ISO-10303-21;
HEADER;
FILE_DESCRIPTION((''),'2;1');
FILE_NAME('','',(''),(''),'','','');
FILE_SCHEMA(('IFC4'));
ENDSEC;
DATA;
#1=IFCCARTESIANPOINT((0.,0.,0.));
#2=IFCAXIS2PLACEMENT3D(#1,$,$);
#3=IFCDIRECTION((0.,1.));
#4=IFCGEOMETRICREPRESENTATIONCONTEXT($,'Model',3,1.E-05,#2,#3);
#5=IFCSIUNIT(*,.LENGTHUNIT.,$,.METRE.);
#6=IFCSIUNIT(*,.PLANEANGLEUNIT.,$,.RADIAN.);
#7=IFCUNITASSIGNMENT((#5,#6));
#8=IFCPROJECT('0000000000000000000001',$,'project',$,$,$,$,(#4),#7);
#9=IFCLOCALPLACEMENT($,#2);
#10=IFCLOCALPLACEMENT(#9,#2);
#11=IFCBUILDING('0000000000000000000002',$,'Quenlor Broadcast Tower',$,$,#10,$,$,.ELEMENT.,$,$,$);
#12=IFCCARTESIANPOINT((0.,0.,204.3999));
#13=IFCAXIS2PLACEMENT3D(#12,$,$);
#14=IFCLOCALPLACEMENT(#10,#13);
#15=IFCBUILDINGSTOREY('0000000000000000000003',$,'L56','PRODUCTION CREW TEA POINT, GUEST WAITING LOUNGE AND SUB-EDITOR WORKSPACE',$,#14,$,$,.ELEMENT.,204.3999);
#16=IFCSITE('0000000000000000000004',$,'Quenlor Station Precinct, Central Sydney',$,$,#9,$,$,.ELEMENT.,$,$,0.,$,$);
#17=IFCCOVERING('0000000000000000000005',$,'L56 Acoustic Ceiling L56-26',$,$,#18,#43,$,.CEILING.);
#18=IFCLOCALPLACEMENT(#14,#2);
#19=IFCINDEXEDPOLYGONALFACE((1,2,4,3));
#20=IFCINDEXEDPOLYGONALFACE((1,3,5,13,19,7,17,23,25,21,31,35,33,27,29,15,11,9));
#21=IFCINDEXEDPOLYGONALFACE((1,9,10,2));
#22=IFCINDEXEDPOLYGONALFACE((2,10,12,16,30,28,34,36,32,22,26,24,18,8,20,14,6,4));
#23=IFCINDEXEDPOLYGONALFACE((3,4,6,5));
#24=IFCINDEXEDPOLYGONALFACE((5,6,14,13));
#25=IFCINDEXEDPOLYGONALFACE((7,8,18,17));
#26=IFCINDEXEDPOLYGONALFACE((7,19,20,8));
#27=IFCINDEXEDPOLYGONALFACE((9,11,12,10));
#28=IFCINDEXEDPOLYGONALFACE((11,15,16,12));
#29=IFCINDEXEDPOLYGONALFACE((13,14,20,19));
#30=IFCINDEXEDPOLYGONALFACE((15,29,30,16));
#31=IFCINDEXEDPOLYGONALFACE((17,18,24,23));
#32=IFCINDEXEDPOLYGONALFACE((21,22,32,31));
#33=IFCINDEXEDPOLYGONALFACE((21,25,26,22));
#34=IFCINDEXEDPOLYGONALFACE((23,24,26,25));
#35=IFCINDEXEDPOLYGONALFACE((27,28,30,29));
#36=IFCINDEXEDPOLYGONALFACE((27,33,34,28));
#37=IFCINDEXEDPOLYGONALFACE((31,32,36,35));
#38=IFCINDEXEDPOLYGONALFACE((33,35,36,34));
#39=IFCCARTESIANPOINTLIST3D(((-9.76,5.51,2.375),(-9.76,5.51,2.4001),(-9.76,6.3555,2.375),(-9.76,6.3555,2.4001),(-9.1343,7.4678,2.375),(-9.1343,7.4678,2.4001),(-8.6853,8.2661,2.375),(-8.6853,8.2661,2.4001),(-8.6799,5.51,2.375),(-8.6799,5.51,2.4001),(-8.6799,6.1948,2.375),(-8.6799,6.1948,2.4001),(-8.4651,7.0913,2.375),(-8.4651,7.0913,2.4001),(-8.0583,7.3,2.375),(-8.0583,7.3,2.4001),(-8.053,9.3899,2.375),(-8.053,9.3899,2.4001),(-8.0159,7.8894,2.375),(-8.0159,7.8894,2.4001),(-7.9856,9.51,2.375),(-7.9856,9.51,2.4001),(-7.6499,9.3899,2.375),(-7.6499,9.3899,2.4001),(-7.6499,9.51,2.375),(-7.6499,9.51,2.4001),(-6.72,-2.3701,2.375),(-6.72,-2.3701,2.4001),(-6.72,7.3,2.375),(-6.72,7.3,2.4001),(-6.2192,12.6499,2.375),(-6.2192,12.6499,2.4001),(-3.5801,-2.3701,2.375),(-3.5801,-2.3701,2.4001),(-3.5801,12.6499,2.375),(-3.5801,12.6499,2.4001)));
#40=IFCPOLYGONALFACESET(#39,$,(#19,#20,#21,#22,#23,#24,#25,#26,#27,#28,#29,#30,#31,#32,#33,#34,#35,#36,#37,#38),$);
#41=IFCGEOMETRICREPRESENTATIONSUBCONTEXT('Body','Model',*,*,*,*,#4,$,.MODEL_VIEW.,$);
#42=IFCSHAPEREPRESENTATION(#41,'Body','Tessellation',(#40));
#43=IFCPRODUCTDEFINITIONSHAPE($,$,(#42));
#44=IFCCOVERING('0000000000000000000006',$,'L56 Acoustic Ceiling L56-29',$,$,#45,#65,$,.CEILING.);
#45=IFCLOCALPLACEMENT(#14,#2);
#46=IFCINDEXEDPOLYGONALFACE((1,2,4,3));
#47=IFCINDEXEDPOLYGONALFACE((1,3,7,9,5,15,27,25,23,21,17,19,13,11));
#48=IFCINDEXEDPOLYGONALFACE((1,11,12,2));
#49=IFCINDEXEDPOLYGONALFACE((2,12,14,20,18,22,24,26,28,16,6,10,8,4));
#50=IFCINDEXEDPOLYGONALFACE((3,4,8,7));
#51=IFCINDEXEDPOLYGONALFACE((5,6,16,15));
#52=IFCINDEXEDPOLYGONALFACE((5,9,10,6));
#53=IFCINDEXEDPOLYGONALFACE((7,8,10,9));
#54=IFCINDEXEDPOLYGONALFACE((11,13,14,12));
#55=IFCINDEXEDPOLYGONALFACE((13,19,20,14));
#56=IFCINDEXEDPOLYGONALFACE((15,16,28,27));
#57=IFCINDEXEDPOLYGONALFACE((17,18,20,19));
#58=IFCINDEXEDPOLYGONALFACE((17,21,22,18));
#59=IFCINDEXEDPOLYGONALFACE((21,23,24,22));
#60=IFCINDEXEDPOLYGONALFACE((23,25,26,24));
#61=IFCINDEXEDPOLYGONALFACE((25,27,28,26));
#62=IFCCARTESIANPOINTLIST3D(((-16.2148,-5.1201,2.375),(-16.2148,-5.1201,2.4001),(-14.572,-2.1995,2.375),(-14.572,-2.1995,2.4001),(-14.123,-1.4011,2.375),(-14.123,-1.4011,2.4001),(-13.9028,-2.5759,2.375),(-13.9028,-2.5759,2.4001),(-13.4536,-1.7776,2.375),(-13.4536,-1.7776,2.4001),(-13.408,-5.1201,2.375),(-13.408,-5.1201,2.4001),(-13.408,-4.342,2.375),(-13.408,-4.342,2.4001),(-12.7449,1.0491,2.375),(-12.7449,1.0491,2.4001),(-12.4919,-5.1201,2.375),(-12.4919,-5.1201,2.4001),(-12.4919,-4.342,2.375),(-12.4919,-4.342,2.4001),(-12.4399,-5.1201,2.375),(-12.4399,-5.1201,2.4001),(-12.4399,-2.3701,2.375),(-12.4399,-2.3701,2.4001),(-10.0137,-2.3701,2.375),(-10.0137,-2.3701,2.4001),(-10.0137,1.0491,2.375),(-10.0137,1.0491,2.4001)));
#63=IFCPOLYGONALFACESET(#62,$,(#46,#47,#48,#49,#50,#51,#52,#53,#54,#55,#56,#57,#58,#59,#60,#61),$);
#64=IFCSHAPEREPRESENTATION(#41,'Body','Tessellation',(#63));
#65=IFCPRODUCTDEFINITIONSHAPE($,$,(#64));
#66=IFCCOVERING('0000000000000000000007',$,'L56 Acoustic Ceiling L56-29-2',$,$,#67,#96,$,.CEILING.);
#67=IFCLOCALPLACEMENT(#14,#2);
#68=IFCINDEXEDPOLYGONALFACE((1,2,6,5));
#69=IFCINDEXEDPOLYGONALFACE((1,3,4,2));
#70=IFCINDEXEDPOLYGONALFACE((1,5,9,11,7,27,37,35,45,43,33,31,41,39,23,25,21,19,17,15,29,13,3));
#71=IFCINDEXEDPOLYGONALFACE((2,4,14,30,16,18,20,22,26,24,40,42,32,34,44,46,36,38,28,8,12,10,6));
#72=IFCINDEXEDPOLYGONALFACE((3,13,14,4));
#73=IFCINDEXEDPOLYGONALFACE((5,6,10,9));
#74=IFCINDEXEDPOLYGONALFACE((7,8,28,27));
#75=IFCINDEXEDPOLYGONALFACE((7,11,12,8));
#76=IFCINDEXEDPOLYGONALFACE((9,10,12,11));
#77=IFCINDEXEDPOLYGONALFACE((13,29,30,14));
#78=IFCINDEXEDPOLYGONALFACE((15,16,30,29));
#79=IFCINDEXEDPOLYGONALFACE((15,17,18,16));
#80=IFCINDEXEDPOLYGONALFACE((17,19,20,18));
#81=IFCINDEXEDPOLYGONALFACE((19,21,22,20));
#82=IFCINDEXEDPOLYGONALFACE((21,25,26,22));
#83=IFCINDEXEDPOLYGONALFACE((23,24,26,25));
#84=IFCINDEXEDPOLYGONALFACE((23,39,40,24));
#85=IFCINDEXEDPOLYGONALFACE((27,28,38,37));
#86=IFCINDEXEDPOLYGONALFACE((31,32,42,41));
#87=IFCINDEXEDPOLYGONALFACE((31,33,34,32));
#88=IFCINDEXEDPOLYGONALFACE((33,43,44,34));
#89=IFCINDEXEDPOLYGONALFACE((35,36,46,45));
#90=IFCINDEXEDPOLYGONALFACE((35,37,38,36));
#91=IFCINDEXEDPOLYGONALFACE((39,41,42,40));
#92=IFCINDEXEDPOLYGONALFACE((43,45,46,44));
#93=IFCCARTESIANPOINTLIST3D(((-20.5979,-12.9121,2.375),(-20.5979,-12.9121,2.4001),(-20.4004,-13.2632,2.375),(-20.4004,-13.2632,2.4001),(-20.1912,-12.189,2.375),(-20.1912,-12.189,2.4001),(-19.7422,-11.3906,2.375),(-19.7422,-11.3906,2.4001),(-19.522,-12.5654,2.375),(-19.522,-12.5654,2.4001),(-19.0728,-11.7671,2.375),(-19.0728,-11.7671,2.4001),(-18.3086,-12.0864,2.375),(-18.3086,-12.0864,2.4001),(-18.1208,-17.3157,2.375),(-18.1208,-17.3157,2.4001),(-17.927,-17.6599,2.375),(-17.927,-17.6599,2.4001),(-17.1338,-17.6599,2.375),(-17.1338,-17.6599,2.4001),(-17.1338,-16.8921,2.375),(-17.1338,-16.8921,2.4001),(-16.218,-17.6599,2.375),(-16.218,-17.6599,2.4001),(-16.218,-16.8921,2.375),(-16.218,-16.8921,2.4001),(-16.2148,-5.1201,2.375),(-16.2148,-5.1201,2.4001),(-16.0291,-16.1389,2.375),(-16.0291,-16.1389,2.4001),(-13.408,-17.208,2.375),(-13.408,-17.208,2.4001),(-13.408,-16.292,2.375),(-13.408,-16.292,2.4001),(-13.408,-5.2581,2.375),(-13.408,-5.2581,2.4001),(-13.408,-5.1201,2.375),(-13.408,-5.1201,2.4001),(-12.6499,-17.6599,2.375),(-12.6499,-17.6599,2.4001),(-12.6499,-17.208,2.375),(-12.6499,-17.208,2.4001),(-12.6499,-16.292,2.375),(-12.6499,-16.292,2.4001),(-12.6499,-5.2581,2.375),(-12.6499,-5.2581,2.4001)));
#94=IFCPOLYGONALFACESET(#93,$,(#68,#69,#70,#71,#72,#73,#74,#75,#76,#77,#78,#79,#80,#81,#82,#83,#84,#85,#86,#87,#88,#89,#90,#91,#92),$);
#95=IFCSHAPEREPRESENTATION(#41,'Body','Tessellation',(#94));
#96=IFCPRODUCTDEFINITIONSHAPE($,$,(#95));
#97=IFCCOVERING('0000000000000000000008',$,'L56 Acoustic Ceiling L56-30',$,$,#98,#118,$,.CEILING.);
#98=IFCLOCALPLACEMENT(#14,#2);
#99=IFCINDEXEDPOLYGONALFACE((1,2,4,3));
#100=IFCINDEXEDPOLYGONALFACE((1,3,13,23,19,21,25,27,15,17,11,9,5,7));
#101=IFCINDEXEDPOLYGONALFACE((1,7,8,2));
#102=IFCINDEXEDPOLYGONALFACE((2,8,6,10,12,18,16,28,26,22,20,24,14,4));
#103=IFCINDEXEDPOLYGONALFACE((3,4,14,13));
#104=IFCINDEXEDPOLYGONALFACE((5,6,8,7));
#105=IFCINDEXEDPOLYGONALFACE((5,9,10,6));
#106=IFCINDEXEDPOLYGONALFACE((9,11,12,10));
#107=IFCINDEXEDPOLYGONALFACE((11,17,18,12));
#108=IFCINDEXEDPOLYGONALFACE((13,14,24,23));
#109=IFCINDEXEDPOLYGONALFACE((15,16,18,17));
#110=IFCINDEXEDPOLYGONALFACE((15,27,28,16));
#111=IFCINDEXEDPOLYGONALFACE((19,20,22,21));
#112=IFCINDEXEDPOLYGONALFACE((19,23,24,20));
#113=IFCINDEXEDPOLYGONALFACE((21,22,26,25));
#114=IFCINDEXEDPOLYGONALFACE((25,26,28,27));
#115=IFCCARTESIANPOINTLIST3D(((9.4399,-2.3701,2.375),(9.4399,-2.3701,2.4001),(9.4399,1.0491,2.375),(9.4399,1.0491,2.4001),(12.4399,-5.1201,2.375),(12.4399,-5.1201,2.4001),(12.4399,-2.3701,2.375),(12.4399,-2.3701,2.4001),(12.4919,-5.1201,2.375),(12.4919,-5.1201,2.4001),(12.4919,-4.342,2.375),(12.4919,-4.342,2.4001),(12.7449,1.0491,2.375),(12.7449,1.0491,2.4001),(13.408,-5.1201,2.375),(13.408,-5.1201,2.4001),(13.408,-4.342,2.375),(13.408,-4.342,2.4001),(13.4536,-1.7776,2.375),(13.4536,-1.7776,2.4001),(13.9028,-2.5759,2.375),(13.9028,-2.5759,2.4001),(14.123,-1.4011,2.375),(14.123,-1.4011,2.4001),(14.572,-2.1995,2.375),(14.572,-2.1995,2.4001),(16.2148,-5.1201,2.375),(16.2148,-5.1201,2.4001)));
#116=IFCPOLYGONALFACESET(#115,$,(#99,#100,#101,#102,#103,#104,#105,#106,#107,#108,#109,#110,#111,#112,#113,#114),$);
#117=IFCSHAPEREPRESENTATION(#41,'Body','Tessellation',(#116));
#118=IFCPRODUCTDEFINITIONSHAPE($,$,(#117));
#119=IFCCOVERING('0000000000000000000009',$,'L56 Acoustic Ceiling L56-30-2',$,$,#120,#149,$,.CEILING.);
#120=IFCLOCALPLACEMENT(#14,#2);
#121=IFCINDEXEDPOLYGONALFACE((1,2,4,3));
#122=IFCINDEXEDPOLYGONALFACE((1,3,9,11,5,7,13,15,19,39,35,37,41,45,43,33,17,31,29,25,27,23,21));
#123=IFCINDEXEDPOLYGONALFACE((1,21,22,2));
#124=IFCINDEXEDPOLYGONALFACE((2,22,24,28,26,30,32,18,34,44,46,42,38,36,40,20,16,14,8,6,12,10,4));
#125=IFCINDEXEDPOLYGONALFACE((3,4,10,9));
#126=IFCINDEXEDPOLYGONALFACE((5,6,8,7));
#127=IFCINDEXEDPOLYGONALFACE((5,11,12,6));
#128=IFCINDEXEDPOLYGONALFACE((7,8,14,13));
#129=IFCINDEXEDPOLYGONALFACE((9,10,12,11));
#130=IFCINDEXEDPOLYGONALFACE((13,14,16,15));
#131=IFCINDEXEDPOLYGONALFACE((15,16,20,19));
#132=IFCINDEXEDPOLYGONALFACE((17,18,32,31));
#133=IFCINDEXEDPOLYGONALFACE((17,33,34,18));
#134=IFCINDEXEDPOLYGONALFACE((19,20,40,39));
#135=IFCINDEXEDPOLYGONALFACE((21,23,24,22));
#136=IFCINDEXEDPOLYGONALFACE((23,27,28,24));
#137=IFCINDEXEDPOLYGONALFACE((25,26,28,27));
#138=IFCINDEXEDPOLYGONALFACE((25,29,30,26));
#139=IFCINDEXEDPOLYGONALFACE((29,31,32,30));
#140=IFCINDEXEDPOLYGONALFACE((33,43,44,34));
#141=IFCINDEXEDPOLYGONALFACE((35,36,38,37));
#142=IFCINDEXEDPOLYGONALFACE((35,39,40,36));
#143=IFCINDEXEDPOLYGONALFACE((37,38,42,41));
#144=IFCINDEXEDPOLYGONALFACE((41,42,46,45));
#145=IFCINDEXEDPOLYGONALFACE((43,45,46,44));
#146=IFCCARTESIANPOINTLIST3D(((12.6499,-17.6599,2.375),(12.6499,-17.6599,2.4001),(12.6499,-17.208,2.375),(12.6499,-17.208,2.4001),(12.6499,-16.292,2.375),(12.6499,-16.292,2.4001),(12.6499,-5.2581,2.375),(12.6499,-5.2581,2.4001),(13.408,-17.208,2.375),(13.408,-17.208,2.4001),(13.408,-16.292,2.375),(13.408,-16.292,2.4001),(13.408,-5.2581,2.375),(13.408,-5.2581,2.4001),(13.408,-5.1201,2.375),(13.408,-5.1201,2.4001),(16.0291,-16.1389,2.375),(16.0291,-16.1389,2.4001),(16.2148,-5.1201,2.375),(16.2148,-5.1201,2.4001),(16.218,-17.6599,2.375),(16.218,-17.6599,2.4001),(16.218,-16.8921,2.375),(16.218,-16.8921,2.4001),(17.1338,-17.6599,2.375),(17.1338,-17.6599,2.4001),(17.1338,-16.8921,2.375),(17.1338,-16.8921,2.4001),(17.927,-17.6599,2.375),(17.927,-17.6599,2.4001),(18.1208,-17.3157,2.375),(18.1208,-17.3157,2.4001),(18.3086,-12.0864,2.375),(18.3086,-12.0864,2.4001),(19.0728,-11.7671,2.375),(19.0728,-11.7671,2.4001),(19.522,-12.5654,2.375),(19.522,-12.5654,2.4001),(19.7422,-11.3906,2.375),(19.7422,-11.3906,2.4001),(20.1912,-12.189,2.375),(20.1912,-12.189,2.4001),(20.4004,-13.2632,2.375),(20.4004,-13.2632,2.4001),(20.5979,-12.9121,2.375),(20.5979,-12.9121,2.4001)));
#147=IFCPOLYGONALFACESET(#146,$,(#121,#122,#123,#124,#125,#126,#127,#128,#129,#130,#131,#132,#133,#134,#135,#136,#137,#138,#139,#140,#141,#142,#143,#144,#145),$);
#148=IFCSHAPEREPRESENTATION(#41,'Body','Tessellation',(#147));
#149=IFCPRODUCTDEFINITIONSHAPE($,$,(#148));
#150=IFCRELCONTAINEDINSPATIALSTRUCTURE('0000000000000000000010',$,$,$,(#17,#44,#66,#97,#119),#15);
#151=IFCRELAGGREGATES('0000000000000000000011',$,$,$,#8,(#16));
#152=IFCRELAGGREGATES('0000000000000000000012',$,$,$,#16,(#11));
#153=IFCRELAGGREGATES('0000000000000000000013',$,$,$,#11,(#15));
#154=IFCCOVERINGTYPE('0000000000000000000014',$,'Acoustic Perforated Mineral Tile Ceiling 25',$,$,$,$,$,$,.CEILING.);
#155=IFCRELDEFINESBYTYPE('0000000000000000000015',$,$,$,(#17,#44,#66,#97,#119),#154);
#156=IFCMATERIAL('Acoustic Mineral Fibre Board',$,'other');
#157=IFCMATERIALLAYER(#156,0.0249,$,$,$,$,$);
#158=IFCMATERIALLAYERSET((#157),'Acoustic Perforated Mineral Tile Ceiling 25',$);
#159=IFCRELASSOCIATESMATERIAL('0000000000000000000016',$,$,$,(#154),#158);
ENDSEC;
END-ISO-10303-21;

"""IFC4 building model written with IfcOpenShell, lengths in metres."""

from ifc_helpers import new_model, si_unit, direction, frame, origin, place, context, subcontext, project, spatial, polyline, outline, extrude, material, layer, layer_set, type_object, element, save


model = new_model("IFC4")

# Units and contexts
model_context = context("Model", 3, precision=1e-05, world=origin(), true_north=direction((0.0, 1.0)))
body_context = subcontext(model_context, "Body", "Model", "MODEL_VIEW")
ifc_project = project(units=[si_unit("LENGTHUNIT", "METRE"), si_unit("PLANEANGLEUNIT", "RADIAN")], contexts=[model_context])

# Site, building, storey
site_placement = place(None, origin())
site = spatial("IfcSite", under=ifc_project, at=site_placement, Name="Quenlor Station Precinct, Central Sydney", CompositionType="ELEMENT", RefElevation=0.0)
building_placement = place(site_placement, origin())
building = spatial("IfcBuilding", under=site, at=building_placement, Name="Quenlor Broadcast Tower", CompositionType="ELEMENT")
storey_placement = place(building_placement, frame((0.0, 0.0, 204.3999)))
storey = spatial("IfcBuildingStorey", under=building, at=storey_placement, Name="L56", Description="PRODUCTION CREW TEA POINT, GUEST WAITING LOUNGE AND SUB-EDITOR WORKSPACE", CompositionType="ELEMENT", Elevation=204.3999)

# Coverings
ifc_material_1 = material(Name="Acoustic Mineral Fibre Board", Category="other")
ifc_layer_1 = layer(ifc_material_1, 0.0249)
ifc_layer_set_1 = layer_set([ifc_layer_1], Name="Acoustic Perforated Mineral Tile Ceiling 25")
covering_type_1 = type_object("IfcCoveringType", Name="Acoustic Perforated Mineral Tile Ceiling 25", PredefinedType="CEILING", material=ifc_layer_set_1)
covering_1_placement = place(storey_placement, frame((0.0, 0.0, 2.375)))
element("IfcCovering", 1, at=covering_1_placement, inside=storey, type_object=covering_type_1, Name="L56 Acoustic Ceiling L56-26", PredefinedType="CEILING", context=body_context, shape_type="SweptSolid", body=[
    extrude(outline(polyline([(-7.9856, 9.51), (-6.2192, 12.6499), (-3.5801, 12.6499), (-3.5801, -2.3701), (-6.72, -2.3701), (-6.72, 7.3), (-8.0583, 7.3), (-8.6799, 6.1948), (-8.6799, 5.51), (-9.76, 5.51), (-9.76, 6.3555), (-9.1343, 7.4678), (-8.4651, 7.0913), (-8.0159, 7.8894), (-8.6853, 8.2661), (-8.053, 9.3899), (-7.6499, 9.3899), (-7.6499, 9.51), (-7.9856, 9.51)])), origin(), (0.0, 0.0, 1.0), 0.0251),
])
covering_2_placement = place(storey_placement, frame((0.0, 0.0, 2.375)))
element("IfcCovering", 2, at=covering_2_placement, inside=storey, type_object=covering_type_1, Name="L56 Acoustic Ceiling L56-29", PredefinedType="CEILING", context=body_context, shape_type="SweptSolid", body=[
    extrude(outline(polyline([(-12.4919, -4.342), (-13.408, -4.342), (-13.408, -5.1201), (-16.2148, -5.1201), (-14.572, -2.1995), (-13.9028, -2.5759), (-13.4536, -1.7776), (-14.123, -1.4011), (-12.7449, 1.0491), (-10.0137, 1.0491), (-10.0137, -2.3701), (-12.4399, -2.3701), (-12.4399, -5.1201), (-12.4919, -5.1201), (-12.4919, -4.342)])), origin(), (0.0, 0.0, 1.0), 0.0251),
])
covering_3_placement = place(storey_placement, frame((0.0, 0.0, 2.375)))
element("IfcCovering", 3, at=covering_3_placement, inside=storey, type_object=covering_type_1, Name="L56 Acoustic Ceiling L56-29-2", PredefinedType="CEILING", context=body_context, shape_type="SweptSolid", body=[
    extrude(outline(polyline([(-13.408, -5.2581), (-12.6499, -5.2581), (-12.6499, -16.292), (-13.408, -16.292), (-13.408, -17.208), (-12.6499, -17.208), (-12.6499, -17.6599), (-16.218, -17.6599), (-16.218, -16.8921), (-17.1338, -16.8921), (-17.1338, -17.6599), (-17.927, -17.6599), (-18.1208, -17.3157), (-16.0291, -16.1389), (-18.3086, -12.0864), (-20.4004, -13.2632), (-20.5979, -12.9121), (-20.1912, -12.189), (-19.522, -12.5654), (-19.0728, -11.7671), (-19.7422, -11.3906), (-16.2148, -5.1201), (-13.408, -5.1201), (-13.408, -5.2581)])), origin(), (0.0, 0.0, 1.0), 0.0251),
])
covering_4_placement = place(storey_placement, frame((0.0, 0.0, 2.375)))
element("IfcCovering", 4, at=covering_4_placement, inside=storey, type_object=covering_type_1, Name="L56 Acoustic Ceiling L56-30", PredefinedType="CEILING", context=body_context, shape_type="SweptSolid", body=[
    extrude(outline(polyline([(13.408, -4.342), (12.4919, -4.342), (12.4919, -5.1201), (12.4399, -5.1201), (12.4399, -2.3701), (9.4399, -2.3701), (9.4399, 1.0491), (12.7449, 1.0491), (14.123, -1.4011), (13.4536, -1.7776), (13.9028, -2.5759), (14.572, -2.1995), (16.2148, -5.1201), (13.408, -5.1201), (13.408, -4.342)])), origin(), (0.0, 0.0, 1.0), 0.0251),
])
covering_5_placement = place(storey_placement, frame((0.0, 0.0, 2.375)))
element("IfcCovering", 5, at=covering_5_placement, inside=storey, type_object=covering_type_1, Name="L56 Acoustic Ceiling L56-30-2", PredefinedType="CEILING", context=body_context, shape_type="SweptSolid", body=[
    extrude(outline(polyline([(13.408, -5.1201), (16.2148, -5.1201), (19.7422, -11.3906), (19.0728, -11.7671), (19.522, -12.5654), (20.1912, -12.189), (20.5979, -12.9121), (20.4004, -13.2632), (18.3086, -12.0864), (16.0291, -16.1389), (18.1208, -17.3157), (17.927, -17.6599), (17.1338, -17.6599), (17.1338, -16.8921), (16.218, -16.8921), (16.218, -17.6599), (12.6499, -17.6599), (12.6499, -17.208), (13.408, -17.208), (13.408, -16.292), (12.6499, -16.292), (12.6499, -5.2581), (13.408, -5.2581), (13.408, -5.1201)])), origin(), (0.0, 0.0, 1.0), 0.0251),
])

save(model, "model.ifc")
